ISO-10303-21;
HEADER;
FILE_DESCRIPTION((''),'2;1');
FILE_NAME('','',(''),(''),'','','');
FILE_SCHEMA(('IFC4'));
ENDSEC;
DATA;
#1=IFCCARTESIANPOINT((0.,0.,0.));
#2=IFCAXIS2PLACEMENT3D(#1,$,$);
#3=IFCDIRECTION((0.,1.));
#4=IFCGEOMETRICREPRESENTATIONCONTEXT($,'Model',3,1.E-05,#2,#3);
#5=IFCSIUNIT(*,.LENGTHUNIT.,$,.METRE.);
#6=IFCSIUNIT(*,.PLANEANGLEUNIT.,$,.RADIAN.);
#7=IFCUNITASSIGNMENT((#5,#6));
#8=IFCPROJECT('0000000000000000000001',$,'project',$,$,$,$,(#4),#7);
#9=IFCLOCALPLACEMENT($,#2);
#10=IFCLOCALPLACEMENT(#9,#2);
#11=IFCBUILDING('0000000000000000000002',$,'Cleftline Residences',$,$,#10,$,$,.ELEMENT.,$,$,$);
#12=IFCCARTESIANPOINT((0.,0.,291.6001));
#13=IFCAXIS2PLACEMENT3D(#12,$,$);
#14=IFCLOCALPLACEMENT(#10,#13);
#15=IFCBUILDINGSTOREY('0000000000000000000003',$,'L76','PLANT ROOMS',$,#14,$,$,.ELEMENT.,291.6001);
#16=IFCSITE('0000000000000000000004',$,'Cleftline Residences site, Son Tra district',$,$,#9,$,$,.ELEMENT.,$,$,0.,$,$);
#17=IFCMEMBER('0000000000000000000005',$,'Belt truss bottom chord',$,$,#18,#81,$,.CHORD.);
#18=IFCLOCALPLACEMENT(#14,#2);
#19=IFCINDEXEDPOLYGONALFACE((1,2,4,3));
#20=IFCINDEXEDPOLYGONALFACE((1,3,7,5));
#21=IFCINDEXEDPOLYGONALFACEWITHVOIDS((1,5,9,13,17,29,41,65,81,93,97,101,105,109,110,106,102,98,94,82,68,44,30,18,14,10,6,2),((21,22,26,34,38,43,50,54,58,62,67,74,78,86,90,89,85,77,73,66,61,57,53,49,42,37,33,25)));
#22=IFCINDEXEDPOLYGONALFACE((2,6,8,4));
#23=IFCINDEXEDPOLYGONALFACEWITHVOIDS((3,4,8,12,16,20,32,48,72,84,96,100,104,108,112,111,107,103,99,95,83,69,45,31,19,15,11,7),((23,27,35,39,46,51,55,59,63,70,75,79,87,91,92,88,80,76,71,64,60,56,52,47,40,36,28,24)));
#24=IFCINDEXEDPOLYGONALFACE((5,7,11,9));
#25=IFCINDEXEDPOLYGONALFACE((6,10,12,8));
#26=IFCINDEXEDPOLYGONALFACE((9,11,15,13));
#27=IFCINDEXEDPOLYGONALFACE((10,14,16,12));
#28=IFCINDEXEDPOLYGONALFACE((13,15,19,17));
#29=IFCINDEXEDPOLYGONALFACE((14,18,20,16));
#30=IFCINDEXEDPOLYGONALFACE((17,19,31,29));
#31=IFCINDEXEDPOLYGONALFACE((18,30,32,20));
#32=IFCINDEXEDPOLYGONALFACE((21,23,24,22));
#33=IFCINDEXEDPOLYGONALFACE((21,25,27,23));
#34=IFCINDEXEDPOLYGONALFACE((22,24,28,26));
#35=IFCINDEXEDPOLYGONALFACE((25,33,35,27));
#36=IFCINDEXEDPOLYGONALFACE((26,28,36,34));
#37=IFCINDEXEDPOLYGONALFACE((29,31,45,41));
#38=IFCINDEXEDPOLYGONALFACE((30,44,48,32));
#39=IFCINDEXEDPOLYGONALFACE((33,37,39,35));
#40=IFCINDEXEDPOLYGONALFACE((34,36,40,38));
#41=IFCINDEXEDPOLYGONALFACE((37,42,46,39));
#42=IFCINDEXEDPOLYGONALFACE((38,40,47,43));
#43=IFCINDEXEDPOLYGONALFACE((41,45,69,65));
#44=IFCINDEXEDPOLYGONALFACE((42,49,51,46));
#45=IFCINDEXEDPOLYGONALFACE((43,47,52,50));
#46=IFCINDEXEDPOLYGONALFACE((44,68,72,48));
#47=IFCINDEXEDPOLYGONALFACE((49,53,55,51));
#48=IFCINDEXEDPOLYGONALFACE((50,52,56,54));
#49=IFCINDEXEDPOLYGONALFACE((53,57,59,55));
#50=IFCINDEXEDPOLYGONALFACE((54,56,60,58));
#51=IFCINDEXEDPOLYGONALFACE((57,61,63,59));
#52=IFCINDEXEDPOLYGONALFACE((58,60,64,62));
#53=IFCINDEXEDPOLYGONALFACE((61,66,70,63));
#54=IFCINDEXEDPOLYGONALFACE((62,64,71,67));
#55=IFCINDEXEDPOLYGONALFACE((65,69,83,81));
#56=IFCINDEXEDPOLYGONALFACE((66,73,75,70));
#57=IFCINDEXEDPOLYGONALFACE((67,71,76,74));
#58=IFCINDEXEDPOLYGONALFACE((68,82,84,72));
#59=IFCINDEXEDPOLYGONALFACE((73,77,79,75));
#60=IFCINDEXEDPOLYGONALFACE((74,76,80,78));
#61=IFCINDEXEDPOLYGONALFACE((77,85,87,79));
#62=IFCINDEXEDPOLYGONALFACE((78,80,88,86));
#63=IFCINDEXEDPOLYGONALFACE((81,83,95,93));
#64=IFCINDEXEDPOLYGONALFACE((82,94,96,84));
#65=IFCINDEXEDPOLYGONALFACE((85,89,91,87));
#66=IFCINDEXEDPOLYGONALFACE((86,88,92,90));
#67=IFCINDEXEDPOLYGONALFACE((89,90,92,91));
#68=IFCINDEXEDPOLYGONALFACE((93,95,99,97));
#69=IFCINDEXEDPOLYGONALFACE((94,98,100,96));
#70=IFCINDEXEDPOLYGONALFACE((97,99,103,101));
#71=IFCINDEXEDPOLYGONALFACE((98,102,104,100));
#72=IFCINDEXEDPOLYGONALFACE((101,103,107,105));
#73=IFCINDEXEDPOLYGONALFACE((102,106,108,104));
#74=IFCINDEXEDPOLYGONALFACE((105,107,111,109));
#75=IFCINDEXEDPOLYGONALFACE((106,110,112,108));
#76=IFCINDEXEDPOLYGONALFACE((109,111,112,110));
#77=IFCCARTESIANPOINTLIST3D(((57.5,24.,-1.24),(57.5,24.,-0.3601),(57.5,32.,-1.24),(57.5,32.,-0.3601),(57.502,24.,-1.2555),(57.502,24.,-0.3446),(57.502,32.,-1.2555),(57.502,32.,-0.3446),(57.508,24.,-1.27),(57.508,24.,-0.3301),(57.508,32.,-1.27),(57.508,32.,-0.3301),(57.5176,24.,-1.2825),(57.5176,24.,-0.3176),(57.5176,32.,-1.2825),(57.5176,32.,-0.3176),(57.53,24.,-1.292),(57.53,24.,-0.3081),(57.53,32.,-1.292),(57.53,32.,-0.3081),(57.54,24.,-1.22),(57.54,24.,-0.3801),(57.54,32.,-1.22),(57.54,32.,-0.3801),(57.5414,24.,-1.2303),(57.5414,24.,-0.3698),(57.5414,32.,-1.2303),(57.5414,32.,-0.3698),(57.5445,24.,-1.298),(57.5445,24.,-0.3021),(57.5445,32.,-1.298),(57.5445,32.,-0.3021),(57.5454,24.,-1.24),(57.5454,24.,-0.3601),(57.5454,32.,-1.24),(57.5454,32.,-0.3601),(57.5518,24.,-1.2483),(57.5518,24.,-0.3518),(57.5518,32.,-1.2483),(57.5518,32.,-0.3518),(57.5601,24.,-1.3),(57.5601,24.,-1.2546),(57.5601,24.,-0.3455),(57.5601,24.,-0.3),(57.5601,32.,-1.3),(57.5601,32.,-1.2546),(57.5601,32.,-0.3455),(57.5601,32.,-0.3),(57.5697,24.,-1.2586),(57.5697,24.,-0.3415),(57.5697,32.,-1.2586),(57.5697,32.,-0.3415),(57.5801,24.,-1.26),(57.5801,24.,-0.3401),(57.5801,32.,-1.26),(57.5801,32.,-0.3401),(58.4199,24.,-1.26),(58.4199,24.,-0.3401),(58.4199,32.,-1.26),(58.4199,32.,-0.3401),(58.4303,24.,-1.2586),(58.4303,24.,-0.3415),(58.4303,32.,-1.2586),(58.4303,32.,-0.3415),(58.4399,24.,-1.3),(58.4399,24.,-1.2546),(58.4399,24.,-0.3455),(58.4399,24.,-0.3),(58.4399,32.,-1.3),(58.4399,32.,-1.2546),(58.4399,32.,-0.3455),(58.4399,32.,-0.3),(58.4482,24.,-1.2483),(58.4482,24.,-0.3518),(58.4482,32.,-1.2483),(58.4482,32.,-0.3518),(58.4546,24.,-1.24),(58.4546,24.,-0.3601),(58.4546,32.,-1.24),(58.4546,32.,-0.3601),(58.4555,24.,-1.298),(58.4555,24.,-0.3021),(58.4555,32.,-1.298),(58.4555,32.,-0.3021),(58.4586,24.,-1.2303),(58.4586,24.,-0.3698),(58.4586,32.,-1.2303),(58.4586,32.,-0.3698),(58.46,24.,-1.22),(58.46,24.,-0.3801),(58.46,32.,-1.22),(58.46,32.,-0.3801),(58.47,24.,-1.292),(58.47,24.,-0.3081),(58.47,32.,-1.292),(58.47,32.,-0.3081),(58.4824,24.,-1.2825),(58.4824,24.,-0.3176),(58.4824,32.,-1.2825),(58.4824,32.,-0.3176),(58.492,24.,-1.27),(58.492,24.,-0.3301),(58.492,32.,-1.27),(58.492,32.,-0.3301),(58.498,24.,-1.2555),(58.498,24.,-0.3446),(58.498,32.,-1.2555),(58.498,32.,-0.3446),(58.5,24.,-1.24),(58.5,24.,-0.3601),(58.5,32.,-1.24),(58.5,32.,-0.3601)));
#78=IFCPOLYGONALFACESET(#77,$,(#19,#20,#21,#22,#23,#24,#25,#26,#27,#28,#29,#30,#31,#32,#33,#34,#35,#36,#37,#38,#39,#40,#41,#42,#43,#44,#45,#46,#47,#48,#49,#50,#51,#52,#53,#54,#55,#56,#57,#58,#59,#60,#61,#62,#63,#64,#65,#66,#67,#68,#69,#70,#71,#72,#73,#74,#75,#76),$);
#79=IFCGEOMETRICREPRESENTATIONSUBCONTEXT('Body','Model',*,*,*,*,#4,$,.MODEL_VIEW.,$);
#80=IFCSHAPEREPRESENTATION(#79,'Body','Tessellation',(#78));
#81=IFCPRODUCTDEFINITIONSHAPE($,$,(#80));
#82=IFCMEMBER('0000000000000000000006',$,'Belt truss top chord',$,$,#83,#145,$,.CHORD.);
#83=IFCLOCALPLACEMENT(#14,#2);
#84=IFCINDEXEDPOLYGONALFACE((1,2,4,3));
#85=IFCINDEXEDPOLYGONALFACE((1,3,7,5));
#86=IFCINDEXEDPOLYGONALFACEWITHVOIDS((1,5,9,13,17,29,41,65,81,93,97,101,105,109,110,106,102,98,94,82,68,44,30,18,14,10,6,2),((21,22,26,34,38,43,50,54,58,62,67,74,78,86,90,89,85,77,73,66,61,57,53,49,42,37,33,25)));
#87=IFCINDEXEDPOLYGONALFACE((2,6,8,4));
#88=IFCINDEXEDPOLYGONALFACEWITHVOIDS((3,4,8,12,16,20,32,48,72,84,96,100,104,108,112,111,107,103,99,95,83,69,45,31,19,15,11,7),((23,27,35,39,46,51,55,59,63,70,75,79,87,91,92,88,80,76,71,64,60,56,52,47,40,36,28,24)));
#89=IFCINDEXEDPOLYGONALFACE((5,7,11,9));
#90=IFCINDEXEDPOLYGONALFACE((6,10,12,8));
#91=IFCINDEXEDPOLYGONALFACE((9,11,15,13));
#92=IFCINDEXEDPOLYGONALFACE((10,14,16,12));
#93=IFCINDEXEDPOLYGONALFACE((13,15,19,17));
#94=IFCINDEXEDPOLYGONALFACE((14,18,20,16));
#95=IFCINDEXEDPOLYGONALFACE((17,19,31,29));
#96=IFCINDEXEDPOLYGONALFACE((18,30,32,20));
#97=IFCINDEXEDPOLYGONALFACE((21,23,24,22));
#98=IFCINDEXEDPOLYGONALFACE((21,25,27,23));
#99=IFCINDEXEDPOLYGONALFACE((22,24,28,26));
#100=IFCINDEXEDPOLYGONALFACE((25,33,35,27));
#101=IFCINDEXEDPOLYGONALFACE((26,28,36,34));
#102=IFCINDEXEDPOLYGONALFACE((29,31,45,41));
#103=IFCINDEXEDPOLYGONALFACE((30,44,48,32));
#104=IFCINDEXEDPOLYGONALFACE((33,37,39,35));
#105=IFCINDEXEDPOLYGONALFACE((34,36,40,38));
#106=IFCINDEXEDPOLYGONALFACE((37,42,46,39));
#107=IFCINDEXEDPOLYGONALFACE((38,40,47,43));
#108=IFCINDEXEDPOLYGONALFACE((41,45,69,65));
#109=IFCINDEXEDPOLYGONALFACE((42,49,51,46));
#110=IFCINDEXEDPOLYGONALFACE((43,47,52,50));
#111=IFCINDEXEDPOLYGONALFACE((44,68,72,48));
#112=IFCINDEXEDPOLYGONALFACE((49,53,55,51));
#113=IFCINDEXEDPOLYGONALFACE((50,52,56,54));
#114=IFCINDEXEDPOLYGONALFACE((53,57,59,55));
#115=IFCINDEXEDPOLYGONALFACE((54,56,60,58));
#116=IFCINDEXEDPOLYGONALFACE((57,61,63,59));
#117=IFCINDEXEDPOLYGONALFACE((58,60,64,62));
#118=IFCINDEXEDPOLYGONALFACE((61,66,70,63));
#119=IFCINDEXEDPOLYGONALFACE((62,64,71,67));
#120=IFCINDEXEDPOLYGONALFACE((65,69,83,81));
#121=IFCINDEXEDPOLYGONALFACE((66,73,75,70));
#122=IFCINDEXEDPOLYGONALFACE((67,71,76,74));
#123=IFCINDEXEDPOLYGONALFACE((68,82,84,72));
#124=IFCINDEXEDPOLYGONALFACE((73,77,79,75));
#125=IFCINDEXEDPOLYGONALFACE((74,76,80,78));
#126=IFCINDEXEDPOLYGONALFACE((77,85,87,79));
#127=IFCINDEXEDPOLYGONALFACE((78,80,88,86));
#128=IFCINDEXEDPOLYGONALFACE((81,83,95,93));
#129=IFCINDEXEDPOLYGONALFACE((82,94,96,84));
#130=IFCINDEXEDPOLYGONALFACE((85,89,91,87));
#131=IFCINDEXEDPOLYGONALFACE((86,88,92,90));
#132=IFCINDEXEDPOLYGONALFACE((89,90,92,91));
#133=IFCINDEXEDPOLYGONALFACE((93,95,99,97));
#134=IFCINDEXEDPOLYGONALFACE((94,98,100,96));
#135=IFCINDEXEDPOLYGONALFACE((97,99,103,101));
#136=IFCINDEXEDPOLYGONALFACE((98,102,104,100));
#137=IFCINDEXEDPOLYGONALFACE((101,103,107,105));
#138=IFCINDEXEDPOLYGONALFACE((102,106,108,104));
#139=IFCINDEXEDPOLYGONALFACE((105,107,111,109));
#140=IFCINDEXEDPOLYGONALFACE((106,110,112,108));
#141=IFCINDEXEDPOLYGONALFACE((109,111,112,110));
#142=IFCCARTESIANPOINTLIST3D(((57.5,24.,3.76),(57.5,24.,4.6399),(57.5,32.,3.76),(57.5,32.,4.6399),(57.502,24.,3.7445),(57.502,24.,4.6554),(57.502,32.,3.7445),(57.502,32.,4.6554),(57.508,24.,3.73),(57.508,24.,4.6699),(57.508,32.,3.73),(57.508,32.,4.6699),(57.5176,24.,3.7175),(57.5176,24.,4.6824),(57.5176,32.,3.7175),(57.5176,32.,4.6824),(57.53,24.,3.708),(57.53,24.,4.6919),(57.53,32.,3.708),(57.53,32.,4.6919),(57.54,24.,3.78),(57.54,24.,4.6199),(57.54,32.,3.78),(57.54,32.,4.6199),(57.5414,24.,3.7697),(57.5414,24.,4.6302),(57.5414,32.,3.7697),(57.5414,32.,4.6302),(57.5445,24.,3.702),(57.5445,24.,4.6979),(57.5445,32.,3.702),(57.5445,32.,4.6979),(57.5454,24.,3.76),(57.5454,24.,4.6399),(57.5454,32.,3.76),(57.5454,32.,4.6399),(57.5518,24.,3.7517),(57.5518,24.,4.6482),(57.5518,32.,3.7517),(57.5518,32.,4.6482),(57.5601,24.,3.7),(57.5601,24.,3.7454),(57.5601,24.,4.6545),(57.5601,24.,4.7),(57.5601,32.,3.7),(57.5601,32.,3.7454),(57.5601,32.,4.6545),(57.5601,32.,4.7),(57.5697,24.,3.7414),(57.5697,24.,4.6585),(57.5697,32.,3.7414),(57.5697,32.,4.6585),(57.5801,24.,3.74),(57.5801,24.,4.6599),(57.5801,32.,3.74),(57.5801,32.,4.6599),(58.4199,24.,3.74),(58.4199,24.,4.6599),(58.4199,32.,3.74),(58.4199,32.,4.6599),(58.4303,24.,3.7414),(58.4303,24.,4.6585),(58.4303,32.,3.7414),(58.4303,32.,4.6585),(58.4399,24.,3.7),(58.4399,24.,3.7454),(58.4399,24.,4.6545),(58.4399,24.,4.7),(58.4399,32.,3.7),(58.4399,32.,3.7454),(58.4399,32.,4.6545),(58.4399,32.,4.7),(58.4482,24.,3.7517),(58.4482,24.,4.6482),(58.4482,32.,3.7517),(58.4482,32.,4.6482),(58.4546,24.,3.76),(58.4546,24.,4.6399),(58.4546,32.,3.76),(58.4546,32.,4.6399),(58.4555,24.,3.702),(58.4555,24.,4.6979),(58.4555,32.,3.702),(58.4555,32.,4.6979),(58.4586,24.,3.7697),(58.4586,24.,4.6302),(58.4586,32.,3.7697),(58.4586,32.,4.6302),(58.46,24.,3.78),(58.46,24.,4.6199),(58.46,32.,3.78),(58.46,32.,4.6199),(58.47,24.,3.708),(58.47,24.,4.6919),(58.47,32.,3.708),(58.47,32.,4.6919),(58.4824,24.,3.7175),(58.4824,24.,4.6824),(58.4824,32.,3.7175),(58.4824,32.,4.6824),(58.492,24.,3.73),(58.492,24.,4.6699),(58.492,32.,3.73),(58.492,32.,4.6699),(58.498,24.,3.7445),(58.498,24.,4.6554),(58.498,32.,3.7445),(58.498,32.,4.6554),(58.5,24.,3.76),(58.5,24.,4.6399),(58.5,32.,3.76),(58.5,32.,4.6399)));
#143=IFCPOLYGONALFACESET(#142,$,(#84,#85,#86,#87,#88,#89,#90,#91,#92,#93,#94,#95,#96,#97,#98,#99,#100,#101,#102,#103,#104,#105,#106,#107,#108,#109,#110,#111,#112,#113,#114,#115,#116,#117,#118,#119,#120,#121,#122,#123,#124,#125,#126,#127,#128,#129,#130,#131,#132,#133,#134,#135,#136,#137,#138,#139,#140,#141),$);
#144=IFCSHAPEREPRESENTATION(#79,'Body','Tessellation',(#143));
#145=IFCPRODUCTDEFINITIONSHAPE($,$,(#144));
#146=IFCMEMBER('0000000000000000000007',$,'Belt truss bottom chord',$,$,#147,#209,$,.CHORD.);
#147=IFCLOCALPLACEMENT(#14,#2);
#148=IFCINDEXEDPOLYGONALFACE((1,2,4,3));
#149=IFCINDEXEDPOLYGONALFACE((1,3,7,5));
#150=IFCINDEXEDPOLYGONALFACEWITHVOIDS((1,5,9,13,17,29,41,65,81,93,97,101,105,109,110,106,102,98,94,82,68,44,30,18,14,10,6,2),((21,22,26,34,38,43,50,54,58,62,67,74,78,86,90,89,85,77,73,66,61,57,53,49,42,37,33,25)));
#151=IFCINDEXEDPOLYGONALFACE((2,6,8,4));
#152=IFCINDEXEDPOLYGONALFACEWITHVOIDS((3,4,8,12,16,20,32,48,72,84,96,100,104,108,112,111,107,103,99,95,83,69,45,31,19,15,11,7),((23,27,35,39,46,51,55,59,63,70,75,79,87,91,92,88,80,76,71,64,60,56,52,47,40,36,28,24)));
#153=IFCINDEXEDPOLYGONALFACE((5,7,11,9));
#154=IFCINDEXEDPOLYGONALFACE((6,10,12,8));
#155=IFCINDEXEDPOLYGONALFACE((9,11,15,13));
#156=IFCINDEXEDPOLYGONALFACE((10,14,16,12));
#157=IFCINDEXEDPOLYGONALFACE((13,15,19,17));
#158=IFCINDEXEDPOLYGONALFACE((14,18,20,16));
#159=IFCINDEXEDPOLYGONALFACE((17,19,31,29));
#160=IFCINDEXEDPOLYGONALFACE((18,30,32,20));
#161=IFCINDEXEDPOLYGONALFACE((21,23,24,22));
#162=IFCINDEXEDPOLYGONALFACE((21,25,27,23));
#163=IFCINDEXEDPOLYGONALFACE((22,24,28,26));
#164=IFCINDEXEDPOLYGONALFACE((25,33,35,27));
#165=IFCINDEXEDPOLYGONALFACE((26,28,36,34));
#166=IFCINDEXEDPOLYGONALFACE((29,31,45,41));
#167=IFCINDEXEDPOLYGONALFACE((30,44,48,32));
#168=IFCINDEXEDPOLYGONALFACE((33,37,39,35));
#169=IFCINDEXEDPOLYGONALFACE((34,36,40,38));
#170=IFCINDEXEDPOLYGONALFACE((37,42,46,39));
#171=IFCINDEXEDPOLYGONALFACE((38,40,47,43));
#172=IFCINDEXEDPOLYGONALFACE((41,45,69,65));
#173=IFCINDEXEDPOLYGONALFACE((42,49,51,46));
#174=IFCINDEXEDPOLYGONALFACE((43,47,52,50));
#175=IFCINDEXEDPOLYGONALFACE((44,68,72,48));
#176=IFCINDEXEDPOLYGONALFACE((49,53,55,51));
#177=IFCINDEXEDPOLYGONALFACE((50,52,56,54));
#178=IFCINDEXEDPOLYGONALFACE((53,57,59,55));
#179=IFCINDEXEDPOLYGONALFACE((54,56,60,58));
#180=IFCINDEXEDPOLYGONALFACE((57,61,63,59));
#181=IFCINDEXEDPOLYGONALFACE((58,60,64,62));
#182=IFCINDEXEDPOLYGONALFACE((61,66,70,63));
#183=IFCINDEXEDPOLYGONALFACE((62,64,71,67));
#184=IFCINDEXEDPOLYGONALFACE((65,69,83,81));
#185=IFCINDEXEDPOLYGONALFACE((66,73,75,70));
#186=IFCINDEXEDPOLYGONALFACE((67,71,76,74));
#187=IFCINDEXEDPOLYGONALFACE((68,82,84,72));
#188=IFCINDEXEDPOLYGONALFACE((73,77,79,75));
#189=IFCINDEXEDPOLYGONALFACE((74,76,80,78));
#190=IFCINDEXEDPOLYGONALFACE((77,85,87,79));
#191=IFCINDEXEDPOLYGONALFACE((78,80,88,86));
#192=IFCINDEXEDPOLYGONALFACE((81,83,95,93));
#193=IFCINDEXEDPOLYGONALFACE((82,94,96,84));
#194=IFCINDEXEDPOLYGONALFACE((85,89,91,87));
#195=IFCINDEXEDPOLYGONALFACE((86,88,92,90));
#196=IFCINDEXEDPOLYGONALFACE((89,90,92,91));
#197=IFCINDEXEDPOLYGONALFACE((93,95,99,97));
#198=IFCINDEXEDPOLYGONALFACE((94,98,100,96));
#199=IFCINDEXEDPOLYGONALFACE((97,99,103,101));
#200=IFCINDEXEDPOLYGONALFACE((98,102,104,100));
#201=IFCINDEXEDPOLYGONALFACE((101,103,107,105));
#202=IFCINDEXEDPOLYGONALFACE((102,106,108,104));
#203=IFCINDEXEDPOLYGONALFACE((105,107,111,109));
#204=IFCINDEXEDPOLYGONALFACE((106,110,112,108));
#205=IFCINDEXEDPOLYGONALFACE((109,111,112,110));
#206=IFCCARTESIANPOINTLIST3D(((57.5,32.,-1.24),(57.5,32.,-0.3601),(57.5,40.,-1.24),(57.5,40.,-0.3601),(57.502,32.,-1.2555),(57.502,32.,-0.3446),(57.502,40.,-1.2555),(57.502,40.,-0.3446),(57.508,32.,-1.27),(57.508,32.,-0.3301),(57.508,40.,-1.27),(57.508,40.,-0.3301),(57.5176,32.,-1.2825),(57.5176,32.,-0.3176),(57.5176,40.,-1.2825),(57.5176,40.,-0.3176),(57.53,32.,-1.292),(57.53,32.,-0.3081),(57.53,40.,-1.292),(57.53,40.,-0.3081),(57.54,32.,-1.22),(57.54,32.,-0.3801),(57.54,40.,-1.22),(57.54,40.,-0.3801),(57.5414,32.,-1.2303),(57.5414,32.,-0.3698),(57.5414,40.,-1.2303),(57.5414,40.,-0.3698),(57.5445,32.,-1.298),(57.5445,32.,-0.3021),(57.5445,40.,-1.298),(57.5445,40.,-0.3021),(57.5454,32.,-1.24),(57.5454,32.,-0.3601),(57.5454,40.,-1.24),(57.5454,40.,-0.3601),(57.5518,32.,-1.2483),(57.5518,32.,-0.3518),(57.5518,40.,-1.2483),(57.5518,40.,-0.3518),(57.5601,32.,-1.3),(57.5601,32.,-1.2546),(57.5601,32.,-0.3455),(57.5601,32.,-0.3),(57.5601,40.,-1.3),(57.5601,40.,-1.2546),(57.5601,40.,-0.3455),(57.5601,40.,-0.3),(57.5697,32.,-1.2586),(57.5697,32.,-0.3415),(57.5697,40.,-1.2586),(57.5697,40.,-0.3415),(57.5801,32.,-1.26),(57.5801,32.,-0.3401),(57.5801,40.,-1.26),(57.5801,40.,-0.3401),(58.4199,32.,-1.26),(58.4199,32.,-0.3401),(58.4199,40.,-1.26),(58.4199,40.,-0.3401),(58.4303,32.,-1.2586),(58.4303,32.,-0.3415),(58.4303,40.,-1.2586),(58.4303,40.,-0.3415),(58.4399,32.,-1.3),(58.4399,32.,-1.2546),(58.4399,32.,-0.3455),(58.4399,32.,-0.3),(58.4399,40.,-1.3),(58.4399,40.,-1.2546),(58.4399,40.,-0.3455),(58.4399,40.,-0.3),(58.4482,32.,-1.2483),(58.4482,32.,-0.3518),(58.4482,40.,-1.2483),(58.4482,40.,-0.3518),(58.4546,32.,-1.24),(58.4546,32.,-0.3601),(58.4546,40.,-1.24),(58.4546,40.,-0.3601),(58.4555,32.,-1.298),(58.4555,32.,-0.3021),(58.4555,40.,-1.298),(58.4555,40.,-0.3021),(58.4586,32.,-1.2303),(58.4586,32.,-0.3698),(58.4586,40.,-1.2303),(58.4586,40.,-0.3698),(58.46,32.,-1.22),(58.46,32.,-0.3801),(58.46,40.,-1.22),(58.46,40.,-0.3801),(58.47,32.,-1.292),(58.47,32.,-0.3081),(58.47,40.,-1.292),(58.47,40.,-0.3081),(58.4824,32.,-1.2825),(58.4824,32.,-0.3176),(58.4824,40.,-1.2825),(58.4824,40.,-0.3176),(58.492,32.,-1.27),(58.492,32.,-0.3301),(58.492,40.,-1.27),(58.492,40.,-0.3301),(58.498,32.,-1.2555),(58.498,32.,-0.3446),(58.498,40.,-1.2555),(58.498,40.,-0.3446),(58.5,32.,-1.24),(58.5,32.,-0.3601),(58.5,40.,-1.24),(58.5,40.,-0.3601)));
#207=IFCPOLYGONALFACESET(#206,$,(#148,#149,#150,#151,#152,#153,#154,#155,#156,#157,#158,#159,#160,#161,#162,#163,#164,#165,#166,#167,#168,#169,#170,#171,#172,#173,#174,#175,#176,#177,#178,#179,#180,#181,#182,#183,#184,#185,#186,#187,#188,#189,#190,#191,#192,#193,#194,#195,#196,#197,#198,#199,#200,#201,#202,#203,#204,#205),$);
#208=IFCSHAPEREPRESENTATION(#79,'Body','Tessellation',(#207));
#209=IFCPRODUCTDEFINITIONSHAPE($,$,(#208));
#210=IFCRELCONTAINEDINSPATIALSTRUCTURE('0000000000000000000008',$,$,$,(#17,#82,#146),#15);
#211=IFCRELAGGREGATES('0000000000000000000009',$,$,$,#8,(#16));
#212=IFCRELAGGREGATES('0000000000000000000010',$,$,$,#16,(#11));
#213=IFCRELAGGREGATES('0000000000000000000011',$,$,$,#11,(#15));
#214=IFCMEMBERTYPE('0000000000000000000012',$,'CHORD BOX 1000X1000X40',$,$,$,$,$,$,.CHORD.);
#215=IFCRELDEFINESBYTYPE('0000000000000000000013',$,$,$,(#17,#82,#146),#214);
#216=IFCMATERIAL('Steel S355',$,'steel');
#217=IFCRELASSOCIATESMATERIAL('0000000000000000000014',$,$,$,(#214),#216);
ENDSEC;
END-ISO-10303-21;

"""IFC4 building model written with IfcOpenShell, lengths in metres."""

from ifc_helpers import new_model, si_unit, direction, frame, origin, origin_2d, place, context, subcontext, project, spatial, hollow_rectangle, extrude, material, material_profile, profile_set, type_object, element, save


model = new_model("IFC4")

# Units and contexts
model_context = context("Model", 3, precision=1e-05, world=origin(), true_north=direction((0.0, 1.0)))
body_context = subcontext(model_context, "Body", "Model", "MODEL_VIEW")
ifc_project = project(units=[si_unit("LENGTHUNIT", "METRE"), si_unit("PLANEANGLEUNIT", "RADIAN")], contexts=[model_context])

# Site, building, storey
site_placement = place(None, origin())
site = spatial("IfcSite", under=ifc_project, at=site_placement, Name="Cleftline Residences site, Son Tra district", CompositionType="ELEMENT", RefElevation=0.0)
building_placement = place(site_placement, origin())
building = spatial("IfcBuilding", under=site, at=building_placement, Name="Cleftline Residences", CompositionType="ELEMENT")
storey_placement = place(building_placement, frame((0.0, 0.0, 291.6001)))
storey = spatial("IfcBuildingStorey", under=building, at=storey_placement, Name="L76", Description="PLANT ROOMS", CompositionType="ELEMENT", Elevation=291.6001)

# Members
ifc_material_1 = material(Name="Steel S355", Category="steel")
ifc_material_profile_1 = material_profile(ifc_material_1, hollow_rectangle(XDim=1.0, YDim=1.0, WallThickness=0.04, InnerFilletRadius=0.04, OuterFilletRadius=0.0601, at=origin_2d()))
ifc_profile_set_1 = profile_set([ifc_material_profile_1], Name="Steel S355")
member_type_1 = type_object("IfcMemberType", Name="CHORD BOX 1000X1000X40", PredefinedType="CHORD", material=ifc_profile_set_1)
for number, where, z_axis, x_axis, name in (
    (1, (58.0, 24.0, -0.8), (0.0, 1.0, 0.0), (-1.0, 0.0, 0.0), "Belt truss bottom chord"),
    (2, (58.0, 24.0, 4.2), (0.0, 1.0, 0.0), (-1.0, 0.0, 0.0), "Belt truss top chord"),
    (3, (58.0, 32.0, -0.8), (0.0, 1.0, 0.0), (-1.0, 0.0, 0.0), "Belt truss bottom chord"),
):
    element("IfcMember", number, at=place(storey_placement, frame(where, z_axis=z_axis, x_axis=x_axis)), inside=storey, type_object=member_type_1, Name=name, PredefinedType="CHORD", context=body_context, shape_type="SweptSolid", body=[
        extrude(hollow_rectangle(XDim=1.0, YDim=1.0, WallThickness=0.04, InnerFilletRadius=0.04, OuterFilletRadius=0.0601, at=origin_2d()), origin(), (0.0, 0.0, 1.0), 8.0),
    ])

save(model, "model.ifc")
